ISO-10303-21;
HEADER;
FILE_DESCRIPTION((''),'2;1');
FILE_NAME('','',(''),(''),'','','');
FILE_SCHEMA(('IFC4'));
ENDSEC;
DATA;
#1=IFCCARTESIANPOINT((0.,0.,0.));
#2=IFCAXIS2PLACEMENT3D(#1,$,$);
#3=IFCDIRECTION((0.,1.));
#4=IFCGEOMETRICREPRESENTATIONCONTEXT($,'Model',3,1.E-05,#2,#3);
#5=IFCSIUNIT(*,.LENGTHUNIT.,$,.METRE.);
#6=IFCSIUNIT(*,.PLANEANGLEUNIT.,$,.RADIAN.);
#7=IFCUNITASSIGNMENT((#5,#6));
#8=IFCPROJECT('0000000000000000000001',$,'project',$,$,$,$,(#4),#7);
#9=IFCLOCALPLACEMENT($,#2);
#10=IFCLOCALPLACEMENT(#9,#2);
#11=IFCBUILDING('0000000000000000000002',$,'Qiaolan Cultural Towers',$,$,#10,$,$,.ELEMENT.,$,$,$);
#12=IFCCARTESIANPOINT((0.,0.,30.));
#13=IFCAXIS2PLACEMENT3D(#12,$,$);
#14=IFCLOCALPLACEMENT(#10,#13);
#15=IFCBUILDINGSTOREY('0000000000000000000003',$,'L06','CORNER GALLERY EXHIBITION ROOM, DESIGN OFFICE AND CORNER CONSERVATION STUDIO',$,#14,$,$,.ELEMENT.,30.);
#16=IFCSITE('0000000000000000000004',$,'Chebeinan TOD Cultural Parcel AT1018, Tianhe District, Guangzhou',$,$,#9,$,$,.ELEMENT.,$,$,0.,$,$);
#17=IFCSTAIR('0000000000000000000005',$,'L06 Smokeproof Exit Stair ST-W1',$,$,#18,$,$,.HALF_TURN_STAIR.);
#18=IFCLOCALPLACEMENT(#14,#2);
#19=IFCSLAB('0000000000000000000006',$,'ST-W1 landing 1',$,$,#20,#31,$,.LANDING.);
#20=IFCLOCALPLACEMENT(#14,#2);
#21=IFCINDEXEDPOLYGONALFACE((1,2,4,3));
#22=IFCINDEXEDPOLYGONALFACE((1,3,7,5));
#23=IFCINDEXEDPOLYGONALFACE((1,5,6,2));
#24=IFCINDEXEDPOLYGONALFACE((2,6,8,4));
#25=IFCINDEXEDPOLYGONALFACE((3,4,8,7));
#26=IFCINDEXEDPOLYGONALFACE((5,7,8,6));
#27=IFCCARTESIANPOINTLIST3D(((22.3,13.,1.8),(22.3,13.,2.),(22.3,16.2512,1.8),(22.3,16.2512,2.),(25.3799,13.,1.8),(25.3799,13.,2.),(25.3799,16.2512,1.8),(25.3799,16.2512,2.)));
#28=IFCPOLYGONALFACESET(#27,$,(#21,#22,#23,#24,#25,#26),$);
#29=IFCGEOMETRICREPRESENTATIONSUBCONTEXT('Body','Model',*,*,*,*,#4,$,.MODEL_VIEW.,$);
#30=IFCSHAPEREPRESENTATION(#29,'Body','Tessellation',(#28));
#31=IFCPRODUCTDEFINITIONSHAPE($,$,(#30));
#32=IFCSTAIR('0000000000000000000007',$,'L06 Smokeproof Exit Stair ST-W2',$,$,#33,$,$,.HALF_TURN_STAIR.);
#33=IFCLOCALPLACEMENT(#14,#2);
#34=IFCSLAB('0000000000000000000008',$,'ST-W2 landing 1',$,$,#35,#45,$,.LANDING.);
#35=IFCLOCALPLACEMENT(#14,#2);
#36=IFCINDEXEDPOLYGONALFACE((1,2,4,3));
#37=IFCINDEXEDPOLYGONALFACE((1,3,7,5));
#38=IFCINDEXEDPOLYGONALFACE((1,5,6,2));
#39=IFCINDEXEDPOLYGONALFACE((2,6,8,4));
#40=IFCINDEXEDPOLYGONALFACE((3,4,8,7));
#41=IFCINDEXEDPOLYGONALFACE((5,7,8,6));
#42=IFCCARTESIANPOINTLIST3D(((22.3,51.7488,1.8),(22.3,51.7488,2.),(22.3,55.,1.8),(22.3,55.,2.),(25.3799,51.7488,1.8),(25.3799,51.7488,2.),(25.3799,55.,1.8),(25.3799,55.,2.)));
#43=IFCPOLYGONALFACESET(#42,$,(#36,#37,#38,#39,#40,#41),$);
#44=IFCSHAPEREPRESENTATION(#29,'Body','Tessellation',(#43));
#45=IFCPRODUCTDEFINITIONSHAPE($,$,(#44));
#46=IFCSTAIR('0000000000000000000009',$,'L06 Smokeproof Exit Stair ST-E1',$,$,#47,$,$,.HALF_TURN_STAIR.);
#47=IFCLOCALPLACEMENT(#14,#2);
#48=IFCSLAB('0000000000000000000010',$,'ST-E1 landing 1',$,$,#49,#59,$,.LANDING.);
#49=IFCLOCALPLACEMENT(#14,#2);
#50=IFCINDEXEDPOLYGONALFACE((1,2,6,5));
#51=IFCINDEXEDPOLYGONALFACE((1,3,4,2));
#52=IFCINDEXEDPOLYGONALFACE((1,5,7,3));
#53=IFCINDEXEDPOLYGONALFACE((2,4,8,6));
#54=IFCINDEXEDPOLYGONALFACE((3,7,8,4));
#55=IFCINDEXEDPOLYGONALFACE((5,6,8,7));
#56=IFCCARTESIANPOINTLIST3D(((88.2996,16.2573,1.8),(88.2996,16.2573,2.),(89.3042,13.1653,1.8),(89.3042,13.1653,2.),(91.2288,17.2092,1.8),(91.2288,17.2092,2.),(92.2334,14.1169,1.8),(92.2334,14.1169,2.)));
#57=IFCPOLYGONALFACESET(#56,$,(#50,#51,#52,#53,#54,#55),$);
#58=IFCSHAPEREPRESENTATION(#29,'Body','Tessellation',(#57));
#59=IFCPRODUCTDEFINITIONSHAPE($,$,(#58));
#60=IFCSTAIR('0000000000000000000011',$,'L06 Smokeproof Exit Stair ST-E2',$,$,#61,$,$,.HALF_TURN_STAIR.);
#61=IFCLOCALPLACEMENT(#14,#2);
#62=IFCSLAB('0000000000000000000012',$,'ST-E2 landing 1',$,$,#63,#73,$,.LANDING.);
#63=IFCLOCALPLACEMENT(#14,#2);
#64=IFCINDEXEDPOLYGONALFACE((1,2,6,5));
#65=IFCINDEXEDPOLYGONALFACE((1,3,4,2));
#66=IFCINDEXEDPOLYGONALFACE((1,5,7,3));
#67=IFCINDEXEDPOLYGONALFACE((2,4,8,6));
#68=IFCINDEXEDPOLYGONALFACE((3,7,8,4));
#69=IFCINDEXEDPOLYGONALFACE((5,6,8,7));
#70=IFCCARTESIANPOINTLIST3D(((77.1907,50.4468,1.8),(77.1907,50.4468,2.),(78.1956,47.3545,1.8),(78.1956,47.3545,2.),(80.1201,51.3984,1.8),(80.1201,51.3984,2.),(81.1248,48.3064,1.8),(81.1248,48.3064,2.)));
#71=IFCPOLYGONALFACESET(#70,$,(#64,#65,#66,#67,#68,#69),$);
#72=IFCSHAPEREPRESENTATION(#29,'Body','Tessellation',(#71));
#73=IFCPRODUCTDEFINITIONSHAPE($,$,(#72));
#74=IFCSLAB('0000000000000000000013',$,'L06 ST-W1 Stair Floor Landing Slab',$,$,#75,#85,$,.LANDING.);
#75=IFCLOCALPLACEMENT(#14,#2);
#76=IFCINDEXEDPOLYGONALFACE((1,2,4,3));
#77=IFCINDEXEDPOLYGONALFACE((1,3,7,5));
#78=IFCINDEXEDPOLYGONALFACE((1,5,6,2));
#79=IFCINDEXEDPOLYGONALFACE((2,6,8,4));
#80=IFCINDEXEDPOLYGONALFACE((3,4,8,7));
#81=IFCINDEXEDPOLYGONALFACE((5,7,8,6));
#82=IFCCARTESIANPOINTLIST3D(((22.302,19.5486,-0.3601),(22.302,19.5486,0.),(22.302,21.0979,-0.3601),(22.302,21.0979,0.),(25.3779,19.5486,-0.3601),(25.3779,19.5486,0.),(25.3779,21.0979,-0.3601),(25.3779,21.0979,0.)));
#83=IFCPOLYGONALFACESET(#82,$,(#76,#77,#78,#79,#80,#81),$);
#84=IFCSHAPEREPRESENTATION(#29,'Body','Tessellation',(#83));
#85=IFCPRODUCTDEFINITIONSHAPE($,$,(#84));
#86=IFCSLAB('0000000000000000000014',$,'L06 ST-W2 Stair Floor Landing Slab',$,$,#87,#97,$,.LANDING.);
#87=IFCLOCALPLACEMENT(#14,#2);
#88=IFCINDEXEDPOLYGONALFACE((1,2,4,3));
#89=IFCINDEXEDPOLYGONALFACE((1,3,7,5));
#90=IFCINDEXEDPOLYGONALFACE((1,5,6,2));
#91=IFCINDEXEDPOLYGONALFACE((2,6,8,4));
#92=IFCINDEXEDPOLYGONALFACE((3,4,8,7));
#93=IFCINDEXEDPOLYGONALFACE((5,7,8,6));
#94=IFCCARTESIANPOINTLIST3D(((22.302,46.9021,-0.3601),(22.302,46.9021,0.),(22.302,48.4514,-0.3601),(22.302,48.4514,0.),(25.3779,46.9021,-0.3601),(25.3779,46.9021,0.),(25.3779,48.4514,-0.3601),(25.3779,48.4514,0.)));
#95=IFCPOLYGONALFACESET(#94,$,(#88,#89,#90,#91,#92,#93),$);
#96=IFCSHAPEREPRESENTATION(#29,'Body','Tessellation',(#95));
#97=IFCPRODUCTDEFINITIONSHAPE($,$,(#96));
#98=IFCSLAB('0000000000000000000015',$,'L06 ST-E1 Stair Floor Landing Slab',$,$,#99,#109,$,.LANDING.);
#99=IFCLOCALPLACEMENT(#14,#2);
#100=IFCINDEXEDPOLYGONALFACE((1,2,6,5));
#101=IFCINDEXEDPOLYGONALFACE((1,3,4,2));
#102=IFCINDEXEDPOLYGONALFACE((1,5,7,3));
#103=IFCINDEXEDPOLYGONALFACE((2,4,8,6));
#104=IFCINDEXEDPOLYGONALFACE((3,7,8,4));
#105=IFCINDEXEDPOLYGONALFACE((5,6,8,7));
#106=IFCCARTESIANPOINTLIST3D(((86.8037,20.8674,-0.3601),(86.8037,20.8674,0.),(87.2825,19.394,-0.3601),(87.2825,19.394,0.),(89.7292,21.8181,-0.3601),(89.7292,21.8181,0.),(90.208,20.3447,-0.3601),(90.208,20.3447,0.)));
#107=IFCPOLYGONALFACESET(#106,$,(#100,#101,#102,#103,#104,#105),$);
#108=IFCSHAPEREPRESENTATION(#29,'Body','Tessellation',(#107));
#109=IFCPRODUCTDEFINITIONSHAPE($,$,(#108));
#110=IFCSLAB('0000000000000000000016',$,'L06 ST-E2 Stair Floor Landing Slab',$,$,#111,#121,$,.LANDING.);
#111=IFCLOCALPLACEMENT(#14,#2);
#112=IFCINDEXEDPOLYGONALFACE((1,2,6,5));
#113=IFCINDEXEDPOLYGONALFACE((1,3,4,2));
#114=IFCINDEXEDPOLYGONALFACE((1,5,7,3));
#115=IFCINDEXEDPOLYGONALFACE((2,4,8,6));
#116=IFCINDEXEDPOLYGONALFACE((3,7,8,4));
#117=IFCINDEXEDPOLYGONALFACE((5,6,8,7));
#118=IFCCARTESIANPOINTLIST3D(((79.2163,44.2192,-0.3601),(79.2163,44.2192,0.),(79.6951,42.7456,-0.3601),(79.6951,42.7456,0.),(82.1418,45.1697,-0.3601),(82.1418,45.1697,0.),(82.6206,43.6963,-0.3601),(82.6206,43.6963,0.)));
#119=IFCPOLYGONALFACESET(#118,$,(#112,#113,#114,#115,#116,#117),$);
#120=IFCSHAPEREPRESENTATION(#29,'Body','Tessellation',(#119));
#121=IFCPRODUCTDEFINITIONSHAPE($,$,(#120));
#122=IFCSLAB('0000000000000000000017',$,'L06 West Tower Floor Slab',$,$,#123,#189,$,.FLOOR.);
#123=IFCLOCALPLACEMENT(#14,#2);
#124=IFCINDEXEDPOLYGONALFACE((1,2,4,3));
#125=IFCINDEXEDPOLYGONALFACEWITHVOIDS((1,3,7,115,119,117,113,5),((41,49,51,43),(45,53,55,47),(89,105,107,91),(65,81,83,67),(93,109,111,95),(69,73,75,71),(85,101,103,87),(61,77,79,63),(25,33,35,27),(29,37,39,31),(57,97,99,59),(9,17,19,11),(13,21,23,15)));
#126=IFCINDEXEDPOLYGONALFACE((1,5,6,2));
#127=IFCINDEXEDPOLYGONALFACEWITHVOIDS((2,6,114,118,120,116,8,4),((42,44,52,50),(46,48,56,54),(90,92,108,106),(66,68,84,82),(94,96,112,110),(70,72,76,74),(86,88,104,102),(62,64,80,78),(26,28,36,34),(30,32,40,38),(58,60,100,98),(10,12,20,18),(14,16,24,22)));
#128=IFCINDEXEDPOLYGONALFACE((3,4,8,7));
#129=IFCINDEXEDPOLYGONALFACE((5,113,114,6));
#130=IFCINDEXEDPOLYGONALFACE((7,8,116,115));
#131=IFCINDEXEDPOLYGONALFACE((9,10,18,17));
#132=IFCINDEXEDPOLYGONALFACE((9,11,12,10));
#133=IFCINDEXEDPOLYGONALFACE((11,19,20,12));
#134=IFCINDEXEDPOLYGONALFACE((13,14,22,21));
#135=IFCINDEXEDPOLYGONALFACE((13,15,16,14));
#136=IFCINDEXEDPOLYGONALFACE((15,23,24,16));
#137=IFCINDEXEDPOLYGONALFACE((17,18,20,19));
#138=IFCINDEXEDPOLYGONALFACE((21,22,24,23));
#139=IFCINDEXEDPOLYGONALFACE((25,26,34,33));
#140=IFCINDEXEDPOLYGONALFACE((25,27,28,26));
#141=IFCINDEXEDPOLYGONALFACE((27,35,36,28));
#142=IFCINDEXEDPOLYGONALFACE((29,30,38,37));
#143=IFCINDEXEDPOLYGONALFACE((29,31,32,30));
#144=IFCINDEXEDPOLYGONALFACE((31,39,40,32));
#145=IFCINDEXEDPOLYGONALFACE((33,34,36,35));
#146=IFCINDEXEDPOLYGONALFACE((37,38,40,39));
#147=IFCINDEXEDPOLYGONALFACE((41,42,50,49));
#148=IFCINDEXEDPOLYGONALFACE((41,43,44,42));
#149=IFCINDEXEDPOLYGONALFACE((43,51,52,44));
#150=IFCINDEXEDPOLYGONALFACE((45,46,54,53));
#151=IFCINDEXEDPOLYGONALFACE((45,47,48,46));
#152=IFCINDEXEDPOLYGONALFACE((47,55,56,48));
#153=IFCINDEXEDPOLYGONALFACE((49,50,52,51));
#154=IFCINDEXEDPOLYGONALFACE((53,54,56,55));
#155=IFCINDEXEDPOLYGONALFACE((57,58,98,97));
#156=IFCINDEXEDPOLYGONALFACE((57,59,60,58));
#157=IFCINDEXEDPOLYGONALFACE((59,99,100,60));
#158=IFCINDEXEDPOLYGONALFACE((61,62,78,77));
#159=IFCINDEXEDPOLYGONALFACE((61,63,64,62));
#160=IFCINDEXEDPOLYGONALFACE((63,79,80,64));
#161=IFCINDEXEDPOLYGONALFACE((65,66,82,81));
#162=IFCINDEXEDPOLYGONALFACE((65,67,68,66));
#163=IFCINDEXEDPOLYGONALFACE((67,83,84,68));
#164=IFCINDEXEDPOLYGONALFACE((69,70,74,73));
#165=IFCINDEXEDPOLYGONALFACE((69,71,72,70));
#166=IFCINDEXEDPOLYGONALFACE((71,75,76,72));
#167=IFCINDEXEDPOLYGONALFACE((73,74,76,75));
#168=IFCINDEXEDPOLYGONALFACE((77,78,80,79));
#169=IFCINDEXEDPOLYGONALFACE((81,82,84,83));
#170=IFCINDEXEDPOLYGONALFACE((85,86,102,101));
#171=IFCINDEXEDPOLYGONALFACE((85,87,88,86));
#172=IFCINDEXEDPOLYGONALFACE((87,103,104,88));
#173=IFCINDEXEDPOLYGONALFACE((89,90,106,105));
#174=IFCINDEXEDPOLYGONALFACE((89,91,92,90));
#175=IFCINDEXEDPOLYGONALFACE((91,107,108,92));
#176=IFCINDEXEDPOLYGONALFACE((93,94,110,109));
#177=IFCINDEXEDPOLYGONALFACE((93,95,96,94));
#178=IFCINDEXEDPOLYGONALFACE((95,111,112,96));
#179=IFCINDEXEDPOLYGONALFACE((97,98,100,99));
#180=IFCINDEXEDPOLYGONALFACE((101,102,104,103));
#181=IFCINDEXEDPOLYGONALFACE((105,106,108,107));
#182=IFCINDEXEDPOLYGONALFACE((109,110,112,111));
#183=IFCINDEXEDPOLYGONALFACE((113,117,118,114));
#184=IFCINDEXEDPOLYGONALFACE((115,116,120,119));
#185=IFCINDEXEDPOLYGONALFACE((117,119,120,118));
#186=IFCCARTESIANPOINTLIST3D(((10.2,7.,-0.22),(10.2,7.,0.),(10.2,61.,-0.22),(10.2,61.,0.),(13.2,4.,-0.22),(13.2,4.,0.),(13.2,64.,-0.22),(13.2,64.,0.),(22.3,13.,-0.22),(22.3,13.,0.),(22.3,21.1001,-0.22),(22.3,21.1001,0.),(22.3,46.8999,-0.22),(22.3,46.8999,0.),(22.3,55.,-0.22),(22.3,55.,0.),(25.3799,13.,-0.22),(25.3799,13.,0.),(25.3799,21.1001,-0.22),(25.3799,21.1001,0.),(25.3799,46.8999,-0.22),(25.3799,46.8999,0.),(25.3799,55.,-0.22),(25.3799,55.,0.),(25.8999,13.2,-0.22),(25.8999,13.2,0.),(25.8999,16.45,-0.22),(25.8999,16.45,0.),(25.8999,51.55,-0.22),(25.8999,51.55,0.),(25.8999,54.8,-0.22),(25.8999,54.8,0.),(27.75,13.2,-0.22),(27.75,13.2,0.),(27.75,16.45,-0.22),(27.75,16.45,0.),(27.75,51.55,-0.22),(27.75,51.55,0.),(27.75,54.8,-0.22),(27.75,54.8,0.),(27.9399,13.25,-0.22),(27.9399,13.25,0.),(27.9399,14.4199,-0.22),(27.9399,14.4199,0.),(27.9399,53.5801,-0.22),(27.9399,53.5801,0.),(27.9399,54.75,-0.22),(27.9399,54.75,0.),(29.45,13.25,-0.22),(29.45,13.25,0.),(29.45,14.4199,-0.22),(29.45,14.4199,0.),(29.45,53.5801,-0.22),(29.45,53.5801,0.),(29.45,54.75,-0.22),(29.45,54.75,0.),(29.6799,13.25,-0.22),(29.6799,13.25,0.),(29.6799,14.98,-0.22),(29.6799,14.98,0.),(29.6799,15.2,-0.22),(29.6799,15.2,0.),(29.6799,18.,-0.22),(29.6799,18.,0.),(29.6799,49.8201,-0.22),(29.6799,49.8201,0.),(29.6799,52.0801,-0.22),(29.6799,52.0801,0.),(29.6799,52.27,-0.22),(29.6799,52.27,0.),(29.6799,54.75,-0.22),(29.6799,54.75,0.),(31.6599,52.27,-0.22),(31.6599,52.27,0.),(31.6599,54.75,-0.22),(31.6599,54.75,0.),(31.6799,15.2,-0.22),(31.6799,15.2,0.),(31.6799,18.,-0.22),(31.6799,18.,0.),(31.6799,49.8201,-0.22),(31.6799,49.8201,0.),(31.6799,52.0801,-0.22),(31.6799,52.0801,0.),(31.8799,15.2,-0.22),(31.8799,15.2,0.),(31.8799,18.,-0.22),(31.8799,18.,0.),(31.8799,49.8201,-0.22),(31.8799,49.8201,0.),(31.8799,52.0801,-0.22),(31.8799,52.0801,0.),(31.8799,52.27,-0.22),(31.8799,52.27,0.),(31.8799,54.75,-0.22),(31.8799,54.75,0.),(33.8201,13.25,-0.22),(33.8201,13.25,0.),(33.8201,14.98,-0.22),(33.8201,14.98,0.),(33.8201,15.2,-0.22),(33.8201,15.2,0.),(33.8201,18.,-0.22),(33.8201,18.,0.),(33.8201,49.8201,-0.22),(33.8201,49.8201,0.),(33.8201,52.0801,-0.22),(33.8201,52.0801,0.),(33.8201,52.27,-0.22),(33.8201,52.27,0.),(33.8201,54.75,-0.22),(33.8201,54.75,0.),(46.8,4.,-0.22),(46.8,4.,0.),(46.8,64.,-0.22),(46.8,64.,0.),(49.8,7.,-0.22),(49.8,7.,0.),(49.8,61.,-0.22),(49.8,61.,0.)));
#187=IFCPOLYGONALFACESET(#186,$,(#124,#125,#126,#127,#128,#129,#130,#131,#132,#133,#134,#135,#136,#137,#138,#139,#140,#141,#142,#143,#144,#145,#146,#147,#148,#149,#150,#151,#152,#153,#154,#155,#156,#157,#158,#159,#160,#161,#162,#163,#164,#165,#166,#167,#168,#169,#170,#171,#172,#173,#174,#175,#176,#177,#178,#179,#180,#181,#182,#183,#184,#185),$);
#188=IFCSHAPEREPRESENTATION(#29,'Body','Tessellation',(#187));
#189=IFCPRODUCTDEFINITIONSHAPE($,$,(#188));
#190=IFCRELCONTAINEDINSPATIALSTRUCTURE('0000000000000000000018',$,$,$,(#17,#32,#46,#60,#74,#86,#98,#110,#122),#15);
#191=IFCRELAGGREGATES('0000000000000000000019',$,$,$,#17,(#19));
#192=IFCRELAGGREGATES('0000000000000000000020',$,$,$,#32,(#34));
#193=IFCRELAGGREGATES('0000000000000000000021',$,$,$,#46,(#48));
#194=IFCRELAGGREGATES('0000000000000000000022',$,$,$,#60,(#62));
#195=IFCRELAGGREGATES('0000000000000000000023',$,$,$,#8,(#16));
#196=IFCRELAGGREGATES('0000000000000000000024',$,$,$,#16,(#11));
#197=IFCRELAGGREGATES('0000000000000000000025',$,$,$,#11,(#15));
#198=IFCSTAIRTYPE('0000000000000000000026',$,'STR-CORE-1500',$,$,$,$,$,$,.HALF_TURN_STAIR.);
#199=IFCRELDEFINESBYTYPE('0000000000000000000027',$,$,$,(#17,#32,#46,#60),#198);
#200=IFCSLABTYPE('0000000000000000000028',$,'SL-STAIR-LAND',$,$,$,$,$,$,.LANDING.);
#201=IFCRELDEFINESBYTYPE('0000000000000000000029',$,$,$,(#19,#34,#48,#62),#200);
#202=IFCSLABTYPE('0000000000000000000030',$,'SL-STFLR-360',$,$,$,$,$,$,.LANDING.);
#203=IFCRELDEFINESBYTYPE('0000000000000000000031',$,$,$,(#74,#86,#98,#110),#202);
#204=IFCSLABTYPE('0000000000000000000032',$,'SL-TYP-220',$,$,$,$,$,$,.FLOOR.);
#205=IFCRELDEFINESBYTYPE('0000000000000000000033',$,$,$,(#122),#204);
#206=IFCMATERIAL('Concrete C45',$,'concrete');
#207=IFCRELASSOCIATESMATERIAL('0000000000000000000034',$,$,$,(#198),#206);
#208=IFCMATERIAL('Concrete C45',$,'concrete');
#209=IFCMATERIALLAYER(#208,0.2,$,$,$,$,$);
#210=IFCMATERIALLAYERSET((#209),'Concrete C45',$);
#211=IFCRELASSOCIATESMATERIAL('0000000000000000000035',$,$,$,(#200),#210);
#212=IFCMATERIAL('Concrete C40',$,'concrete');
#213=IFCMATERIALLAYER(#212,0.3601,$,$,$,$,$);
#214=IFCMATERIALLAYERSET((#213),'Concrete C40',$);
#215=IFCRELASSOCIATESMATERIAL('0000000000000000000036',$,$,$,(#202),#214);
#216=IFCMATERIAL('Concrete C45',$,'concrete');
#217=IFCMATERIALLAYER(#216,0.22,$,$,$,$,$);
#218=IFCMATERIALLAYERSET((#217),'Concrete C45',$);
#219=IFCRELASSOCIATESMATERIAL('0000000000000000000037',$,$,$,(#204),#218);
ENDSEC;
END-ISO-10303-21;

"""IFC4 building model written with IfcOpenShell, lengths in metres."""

from ifc_helpers import new_model, si_unit, direction, frame, origin, place, context, subcontext, project, spatial, polyline, outline, extrude, material, layer, layer_set, type_object, element, aggregate, save


model = new_model("IFC4")

# Units and contexts
model_context = context("Model", 3, precision=1e-05, world=origin(), true_north=direction((0.0, 1.0)))
body_context = subcontext(model_context, "Body", "Model", "MODEL_VIEW")
ifc_project = project(units=[si_unit("LENGTHUNIT", "METRE"), si_unit("PLANEANGLEUNIT", "RADIAN")], contexts=[model_context])

# Site, building, storey
site_placement = place(None, origin())
site = spatial("IfcSite", under=ifc_project, at=site_placement, Name="Chebeinan TOD Cultural Parcel AT1018, Tianhe District, Guangzhou", CompositionType="ELEMENT", RefElevation=0.0)
building_placement = place(site_placement, origin())
building = spatial("IfcBuilding", under=site, at=building_placement, Name="Qiaolan Cultural Towers", CompositionType="ELEMENT")
storey_placement = place(building_placement, frame((0.0, 0.0, 30.0)))
storey = spatial("IfcBuildingStorey", under=building, at=storey_placement, Name="L06", Description="CORNER GALLERY EXHIBITION ROOM, DESIGN OFFICE AND CORNER CONSERVATION STUDIO", CompositionType="ELEMENT", Elevation=30.0)

# Stairs, slabs
ifc_material_1 = material(Name="Concrete C45", Category="concrete")
stair_type = type_object("IfcStairType", Name="STR-CORE-1500", PredefinedType="HALF_TURN_STAIR", material=ifc_material_1)
stair_1_placement = place(storey_placement, origin())
stair_1 = element("IfcStair", 1, at=stair_1_placement, inside=storey, type_object=stair_type, Name="L06 Smokeproof Exit Stair ST-W1", PredefinedType="HALF_TURN_STAIR")
ifc_material_2 = material(Name="Concrete C45", Category="concrete")
ifc_layer_1 = layer(ifc_material_2, 0.2)
ifc_layer_set_1 = layer_set([ifc_layer_1], Name="Concrete C45")
slab_type_1 = type_object("IfcSlabType", Name="SL-STAIR-LAND", PredefinedType="LANDING", material=ifc_layer_set_1)
slab_1_placement = place(storey_placement, frame((0.0, 0.0, 1.8)))
slab_1 = element("IfcSlab", 2, at=slab_1_placement, type_object=slab_type_1, Name="ST-W1 landing 1", PredefinedType="LANDING", context=body_context, shape_type="SweptSolid", body=[
    extrude(outline(polyline([(22.3, 16.2512), (22.3, 13.0), (25.3799, 13.0), (25.3799, 16.2512), (22.3, 16.2512)])), origin(), (0.0, 0.0, 1.0), 0.2),
])
aggregate(stair_1, [slab_1])
stair_2_placement = place(storey_placement, origin())
stair_2 = element("IfcStair", 3, at=stair_2_placement, inside=storey, type_object=stair_type, Name="L06 Smokeproof Exit Stair ST-W2", PredefinedType="HALF_TURN_STAIR")
slab_2_placement = place(storey_placement, frame((0.0, 0.0, 1.8)))
slab_2 = element("IfcSlab", 4, at=slab_2_placement, type_object=slab_type_1, Name="ST-W2 landing 1", PredefinedType="LANDING", context=body_context, shape_type="SweptSolid", body=[
    extrude(outline(polyline([(25.3799, 51.7488), (25.3799, 55.0), (22.3, 55.0), (22.3, 51.7488), (25.3799, 51.7488)])), origin(), (0.0, 0.0, 1.0), 0.2),
])
aggregate(stair_2, [slab_2])
stair_3_placement = place(storey_placement, origin())
stair_3 = element("IfcStair", 5, at=stair_3_placement, inside=storey, type_object=stair_type, Name="L06 Smokeproof Exit Stair ST-E1", PredefinedType="HALF_TURN_STAIR")
slab_3_placement = place(storey_placement, frame((0.0, 0.0, 1.8)))
slab_3 = element("IfcSlab", 6, at=slab_3_placement, type_object=slab_type_1, Name="ST-E1 landing 1", PredefinedType="LANDING", context=body_context, shape_type="SweptSolid", body=[
    extrude(outline(polyline([(88.2996, 16.2573), (89.3042, 13.1653), (92.2334, 14.1169), (91.2288, 17.2092), (88.2996, 16.2573)])), origin(), (0.0, 0.0, 1.0), 0.2),
])
aggregate(stair_3, [slab_3])
stair_4_placement = place(storey_placement, origin())
stair_4 = element("IfcStair", 7, at=stair_4_placement, inside=storey, type_object=stair_type, Name="L06 Smokeproof Exit Stair ST-E2", PredefinedType="HALF_TURN_STAIR")
slab_4_placement = place(storey_placement, frame((0.0, 0.0, 1.8)))
slab_4 = element("IfcSlab", 8, at=slab_4_placement, type_object=slab_type_1, Name="ST-E2 landing 1", PredefinedType="LANDING", context=body_context, shape_type="SweptSolid", body=[
    extrude(outline(polyline([(81.1248, 48.3064), (80.1201, 51.3984), (77.1907, 50.4468), (78.1956, 47.3545), (81.1248, 48.3064)])), origin(), (0.0, 0.0, 1.0), 0.2),
])
aggregate(stair_4, [slab_4])

# Slabs
ifc_material_3 = material(Name="Concrete C40", Category="concrete")
ifc_layer_2 = layer(ifc_material_3, 0.3601)
ifc_layer_set_2 = layer_set([ifc_layer_2], Name="Concrete C40")
slab_type_2 = type_object("IfcSlabType", Name="SL-STFLR-360", PredefinedType="LANDING", material=ifc_layer_set_2)
slab_5_placement = place(storey_placement, frame((0.0, 0.0, -0.3601)))
element("IfcSlab", 9, at=slab_5_placement, inside=storey, type_object=slab_type_2, Name="L06 ST-W1 Stair Floor Landing Slab", PredefinedType="LANDING", context=body_context, shape_type="SweptSolid", body=[
    extrude(outline(polyline([(22.302, 21.0979), (22.302, 19.5486), (25.3779, 19.5486), (25.3779, 21.0979), (22.302, 21.0979)])), origin(), (0.0, 0.0, 1.0), 0.3601),
])
slab_6_placement = place(storey_placement, frame((0.0, 0.0, -0.3601)))
element("IfcSlab", 10, at=slab_6_placement, inside=storey, type_object=slab_type_2, Name="L06 ST-W2 Stair Floor Landing Slab", PredefinedType="LANDING", context=body_context, shape_type="SweptSolid", body=[
    extrude(outline(polyline([(25.3779, 46.9021), (25.3779, 48.4514), (22.302, 48.4514), (22.302, 46.9021), (25.3779, 46.9021)])), origin(), (0.0, 0.0, 1.0), 0.3601),
])
slab_7_placement = place(storey_placement, frame((0.0, 0.0, -0.3601)))
element("IfcSlab", 11, at=slab_7_placement, inside=storey, type_object=slab_type_2, Name="L06 ST-E1 Stair Floor Landing Slab", PredefinedType="LANDING", context=body_context, shape_type="SweptSolid", body=[
    extrude(outline(polyline([(86.8037, 20.8674), (87.2825, 19.394), (90.208, 20.3447), (89.7292, 21.8181), (86.8037, 20.8674)])), origin(), (0.0, 0.0, 1.0), 0.3601),
])
slab_8_placement = place(storey_placement, frame((0.0, 0.0, -0.3601)))
element("IfcSlab", 12, at=slab_8_placement, inside=storey, type_object=slab_type_2, Name="L06 ST-E2 Stair Floor Landing Slab", PredefinedType="LANDING", context=body_context, shape_type="SweptSolid", body=[
    extrude(outline(polyline([(82.6206, 43.6963), (82.1418, 45.1697), (79.2163, 44.2192), (79.6951, 42.7456), (82.6206, 43.6963)])), origin(), (0.0, 0.0, 1.0), 0.3601),
])
ifc_material_4 = material(Name="Concrete C45", Category="concrete")
ifc_layer_3 = layer(ifc_material_4, 0.22)
ifc_layer_set_3 = layer_set([ifc_layer_3], Name="Concrete C45")
slab_type_3 = type_object("IfcSlabType", Name="SL-TYP-220", PredefinedType="FLOOR", material=ifc_layer_set_3)
slab_9_placement = place(storey_placement, frame((0.0, 0.0, -0.22)))
element("IfcSlab", 13, at=slab_9_placement, inside=storey, type_object=slab_type_3, Name="L06 West Tower Floor Slab", PredefinedType="FLOOR", context=body_context, shape_type="SweptSolid", body=[
    extrude(outline(polyline([(13.2, 4.0), (46.8, 4.0), (49.8, 7.0), (49.8, 61.0), (46.8, 64.0), (13.2, 64.0), (10.2, 61.0), (10.2, 7.0), (13.2, 4.0)]), holes=[polyline([(22.3, 21.1001), (22.3, 13.0), (25.3799, 13.0), (25.3799, 21.1001), (22.3, 21.1001)]), polyline([(25.3799, 46.8999), (25.3799, 55.0), (22.3, 55.0), (22.3, 46.8999), (25.3799, 46.8999)]), polyline([(25.8999, 13.2), (27.75, 13.2), (27.75, 16.45), (25.8999, 16.45), (25.8999, 13.2)]), polyline([(27.9399, 13.25), (29.45, 13.25), (29.45, 14.4199), (27.9399, 14.4199), (27.9399, 13.25)]), polyline([(29.6799, 15.2), (31.6799, 15.2), (31.6799, 18.0), (29.6799, 18.0), (29.6799, 15.2)]), polyline([(31.8799, 15.2), (33.8201, 15.2), (33.8201, 18.0), (31.8799, 18.0), (31.8799, 15.2)]), polyline([(29.6799, 13.25), (33.8201, 13.25), (33.8201, 14.98), (29.6799, 14.98), (29.6799, 13.25)]), polyline([(25.8999, 51.55), (27.75, 51.55), (27.75, 54.8), (25.8999, 54.8), (25.8999, 51.55)]), polyline([(27.9399, 53.5801), (29.45, 53.5801), (29.45, 54.75), (27.9399, 54.75), (27.9399, 53.5801)]), polyline([(29.6799, 49.8201), (31.6799, 49.8201), (31.6799, 52.0801), (29.6799, 52.0801), (29.6799, 49.8201)]), polyline([(31.8799, 49.8201), (33.8201, 49.8201), (33.8201, 52.0801), (31.8799, 52.0801), (31.8799, 49.8201)]), polyline([(29.6799, 52.27), (31.6599, 52.27), (31.6599, 54.75), (29.6799, 54.75), (29.6799, 52.27)]), polyline([(31.8799, 52.27), (33.8201, 52.27), (33.8201, 54.75), (31.8799, 54.75), (31.8799, 52.27)])]), origin(), (0.0, 0.0, 1.0), 0.22),
])

save(model, "model.ifc")
